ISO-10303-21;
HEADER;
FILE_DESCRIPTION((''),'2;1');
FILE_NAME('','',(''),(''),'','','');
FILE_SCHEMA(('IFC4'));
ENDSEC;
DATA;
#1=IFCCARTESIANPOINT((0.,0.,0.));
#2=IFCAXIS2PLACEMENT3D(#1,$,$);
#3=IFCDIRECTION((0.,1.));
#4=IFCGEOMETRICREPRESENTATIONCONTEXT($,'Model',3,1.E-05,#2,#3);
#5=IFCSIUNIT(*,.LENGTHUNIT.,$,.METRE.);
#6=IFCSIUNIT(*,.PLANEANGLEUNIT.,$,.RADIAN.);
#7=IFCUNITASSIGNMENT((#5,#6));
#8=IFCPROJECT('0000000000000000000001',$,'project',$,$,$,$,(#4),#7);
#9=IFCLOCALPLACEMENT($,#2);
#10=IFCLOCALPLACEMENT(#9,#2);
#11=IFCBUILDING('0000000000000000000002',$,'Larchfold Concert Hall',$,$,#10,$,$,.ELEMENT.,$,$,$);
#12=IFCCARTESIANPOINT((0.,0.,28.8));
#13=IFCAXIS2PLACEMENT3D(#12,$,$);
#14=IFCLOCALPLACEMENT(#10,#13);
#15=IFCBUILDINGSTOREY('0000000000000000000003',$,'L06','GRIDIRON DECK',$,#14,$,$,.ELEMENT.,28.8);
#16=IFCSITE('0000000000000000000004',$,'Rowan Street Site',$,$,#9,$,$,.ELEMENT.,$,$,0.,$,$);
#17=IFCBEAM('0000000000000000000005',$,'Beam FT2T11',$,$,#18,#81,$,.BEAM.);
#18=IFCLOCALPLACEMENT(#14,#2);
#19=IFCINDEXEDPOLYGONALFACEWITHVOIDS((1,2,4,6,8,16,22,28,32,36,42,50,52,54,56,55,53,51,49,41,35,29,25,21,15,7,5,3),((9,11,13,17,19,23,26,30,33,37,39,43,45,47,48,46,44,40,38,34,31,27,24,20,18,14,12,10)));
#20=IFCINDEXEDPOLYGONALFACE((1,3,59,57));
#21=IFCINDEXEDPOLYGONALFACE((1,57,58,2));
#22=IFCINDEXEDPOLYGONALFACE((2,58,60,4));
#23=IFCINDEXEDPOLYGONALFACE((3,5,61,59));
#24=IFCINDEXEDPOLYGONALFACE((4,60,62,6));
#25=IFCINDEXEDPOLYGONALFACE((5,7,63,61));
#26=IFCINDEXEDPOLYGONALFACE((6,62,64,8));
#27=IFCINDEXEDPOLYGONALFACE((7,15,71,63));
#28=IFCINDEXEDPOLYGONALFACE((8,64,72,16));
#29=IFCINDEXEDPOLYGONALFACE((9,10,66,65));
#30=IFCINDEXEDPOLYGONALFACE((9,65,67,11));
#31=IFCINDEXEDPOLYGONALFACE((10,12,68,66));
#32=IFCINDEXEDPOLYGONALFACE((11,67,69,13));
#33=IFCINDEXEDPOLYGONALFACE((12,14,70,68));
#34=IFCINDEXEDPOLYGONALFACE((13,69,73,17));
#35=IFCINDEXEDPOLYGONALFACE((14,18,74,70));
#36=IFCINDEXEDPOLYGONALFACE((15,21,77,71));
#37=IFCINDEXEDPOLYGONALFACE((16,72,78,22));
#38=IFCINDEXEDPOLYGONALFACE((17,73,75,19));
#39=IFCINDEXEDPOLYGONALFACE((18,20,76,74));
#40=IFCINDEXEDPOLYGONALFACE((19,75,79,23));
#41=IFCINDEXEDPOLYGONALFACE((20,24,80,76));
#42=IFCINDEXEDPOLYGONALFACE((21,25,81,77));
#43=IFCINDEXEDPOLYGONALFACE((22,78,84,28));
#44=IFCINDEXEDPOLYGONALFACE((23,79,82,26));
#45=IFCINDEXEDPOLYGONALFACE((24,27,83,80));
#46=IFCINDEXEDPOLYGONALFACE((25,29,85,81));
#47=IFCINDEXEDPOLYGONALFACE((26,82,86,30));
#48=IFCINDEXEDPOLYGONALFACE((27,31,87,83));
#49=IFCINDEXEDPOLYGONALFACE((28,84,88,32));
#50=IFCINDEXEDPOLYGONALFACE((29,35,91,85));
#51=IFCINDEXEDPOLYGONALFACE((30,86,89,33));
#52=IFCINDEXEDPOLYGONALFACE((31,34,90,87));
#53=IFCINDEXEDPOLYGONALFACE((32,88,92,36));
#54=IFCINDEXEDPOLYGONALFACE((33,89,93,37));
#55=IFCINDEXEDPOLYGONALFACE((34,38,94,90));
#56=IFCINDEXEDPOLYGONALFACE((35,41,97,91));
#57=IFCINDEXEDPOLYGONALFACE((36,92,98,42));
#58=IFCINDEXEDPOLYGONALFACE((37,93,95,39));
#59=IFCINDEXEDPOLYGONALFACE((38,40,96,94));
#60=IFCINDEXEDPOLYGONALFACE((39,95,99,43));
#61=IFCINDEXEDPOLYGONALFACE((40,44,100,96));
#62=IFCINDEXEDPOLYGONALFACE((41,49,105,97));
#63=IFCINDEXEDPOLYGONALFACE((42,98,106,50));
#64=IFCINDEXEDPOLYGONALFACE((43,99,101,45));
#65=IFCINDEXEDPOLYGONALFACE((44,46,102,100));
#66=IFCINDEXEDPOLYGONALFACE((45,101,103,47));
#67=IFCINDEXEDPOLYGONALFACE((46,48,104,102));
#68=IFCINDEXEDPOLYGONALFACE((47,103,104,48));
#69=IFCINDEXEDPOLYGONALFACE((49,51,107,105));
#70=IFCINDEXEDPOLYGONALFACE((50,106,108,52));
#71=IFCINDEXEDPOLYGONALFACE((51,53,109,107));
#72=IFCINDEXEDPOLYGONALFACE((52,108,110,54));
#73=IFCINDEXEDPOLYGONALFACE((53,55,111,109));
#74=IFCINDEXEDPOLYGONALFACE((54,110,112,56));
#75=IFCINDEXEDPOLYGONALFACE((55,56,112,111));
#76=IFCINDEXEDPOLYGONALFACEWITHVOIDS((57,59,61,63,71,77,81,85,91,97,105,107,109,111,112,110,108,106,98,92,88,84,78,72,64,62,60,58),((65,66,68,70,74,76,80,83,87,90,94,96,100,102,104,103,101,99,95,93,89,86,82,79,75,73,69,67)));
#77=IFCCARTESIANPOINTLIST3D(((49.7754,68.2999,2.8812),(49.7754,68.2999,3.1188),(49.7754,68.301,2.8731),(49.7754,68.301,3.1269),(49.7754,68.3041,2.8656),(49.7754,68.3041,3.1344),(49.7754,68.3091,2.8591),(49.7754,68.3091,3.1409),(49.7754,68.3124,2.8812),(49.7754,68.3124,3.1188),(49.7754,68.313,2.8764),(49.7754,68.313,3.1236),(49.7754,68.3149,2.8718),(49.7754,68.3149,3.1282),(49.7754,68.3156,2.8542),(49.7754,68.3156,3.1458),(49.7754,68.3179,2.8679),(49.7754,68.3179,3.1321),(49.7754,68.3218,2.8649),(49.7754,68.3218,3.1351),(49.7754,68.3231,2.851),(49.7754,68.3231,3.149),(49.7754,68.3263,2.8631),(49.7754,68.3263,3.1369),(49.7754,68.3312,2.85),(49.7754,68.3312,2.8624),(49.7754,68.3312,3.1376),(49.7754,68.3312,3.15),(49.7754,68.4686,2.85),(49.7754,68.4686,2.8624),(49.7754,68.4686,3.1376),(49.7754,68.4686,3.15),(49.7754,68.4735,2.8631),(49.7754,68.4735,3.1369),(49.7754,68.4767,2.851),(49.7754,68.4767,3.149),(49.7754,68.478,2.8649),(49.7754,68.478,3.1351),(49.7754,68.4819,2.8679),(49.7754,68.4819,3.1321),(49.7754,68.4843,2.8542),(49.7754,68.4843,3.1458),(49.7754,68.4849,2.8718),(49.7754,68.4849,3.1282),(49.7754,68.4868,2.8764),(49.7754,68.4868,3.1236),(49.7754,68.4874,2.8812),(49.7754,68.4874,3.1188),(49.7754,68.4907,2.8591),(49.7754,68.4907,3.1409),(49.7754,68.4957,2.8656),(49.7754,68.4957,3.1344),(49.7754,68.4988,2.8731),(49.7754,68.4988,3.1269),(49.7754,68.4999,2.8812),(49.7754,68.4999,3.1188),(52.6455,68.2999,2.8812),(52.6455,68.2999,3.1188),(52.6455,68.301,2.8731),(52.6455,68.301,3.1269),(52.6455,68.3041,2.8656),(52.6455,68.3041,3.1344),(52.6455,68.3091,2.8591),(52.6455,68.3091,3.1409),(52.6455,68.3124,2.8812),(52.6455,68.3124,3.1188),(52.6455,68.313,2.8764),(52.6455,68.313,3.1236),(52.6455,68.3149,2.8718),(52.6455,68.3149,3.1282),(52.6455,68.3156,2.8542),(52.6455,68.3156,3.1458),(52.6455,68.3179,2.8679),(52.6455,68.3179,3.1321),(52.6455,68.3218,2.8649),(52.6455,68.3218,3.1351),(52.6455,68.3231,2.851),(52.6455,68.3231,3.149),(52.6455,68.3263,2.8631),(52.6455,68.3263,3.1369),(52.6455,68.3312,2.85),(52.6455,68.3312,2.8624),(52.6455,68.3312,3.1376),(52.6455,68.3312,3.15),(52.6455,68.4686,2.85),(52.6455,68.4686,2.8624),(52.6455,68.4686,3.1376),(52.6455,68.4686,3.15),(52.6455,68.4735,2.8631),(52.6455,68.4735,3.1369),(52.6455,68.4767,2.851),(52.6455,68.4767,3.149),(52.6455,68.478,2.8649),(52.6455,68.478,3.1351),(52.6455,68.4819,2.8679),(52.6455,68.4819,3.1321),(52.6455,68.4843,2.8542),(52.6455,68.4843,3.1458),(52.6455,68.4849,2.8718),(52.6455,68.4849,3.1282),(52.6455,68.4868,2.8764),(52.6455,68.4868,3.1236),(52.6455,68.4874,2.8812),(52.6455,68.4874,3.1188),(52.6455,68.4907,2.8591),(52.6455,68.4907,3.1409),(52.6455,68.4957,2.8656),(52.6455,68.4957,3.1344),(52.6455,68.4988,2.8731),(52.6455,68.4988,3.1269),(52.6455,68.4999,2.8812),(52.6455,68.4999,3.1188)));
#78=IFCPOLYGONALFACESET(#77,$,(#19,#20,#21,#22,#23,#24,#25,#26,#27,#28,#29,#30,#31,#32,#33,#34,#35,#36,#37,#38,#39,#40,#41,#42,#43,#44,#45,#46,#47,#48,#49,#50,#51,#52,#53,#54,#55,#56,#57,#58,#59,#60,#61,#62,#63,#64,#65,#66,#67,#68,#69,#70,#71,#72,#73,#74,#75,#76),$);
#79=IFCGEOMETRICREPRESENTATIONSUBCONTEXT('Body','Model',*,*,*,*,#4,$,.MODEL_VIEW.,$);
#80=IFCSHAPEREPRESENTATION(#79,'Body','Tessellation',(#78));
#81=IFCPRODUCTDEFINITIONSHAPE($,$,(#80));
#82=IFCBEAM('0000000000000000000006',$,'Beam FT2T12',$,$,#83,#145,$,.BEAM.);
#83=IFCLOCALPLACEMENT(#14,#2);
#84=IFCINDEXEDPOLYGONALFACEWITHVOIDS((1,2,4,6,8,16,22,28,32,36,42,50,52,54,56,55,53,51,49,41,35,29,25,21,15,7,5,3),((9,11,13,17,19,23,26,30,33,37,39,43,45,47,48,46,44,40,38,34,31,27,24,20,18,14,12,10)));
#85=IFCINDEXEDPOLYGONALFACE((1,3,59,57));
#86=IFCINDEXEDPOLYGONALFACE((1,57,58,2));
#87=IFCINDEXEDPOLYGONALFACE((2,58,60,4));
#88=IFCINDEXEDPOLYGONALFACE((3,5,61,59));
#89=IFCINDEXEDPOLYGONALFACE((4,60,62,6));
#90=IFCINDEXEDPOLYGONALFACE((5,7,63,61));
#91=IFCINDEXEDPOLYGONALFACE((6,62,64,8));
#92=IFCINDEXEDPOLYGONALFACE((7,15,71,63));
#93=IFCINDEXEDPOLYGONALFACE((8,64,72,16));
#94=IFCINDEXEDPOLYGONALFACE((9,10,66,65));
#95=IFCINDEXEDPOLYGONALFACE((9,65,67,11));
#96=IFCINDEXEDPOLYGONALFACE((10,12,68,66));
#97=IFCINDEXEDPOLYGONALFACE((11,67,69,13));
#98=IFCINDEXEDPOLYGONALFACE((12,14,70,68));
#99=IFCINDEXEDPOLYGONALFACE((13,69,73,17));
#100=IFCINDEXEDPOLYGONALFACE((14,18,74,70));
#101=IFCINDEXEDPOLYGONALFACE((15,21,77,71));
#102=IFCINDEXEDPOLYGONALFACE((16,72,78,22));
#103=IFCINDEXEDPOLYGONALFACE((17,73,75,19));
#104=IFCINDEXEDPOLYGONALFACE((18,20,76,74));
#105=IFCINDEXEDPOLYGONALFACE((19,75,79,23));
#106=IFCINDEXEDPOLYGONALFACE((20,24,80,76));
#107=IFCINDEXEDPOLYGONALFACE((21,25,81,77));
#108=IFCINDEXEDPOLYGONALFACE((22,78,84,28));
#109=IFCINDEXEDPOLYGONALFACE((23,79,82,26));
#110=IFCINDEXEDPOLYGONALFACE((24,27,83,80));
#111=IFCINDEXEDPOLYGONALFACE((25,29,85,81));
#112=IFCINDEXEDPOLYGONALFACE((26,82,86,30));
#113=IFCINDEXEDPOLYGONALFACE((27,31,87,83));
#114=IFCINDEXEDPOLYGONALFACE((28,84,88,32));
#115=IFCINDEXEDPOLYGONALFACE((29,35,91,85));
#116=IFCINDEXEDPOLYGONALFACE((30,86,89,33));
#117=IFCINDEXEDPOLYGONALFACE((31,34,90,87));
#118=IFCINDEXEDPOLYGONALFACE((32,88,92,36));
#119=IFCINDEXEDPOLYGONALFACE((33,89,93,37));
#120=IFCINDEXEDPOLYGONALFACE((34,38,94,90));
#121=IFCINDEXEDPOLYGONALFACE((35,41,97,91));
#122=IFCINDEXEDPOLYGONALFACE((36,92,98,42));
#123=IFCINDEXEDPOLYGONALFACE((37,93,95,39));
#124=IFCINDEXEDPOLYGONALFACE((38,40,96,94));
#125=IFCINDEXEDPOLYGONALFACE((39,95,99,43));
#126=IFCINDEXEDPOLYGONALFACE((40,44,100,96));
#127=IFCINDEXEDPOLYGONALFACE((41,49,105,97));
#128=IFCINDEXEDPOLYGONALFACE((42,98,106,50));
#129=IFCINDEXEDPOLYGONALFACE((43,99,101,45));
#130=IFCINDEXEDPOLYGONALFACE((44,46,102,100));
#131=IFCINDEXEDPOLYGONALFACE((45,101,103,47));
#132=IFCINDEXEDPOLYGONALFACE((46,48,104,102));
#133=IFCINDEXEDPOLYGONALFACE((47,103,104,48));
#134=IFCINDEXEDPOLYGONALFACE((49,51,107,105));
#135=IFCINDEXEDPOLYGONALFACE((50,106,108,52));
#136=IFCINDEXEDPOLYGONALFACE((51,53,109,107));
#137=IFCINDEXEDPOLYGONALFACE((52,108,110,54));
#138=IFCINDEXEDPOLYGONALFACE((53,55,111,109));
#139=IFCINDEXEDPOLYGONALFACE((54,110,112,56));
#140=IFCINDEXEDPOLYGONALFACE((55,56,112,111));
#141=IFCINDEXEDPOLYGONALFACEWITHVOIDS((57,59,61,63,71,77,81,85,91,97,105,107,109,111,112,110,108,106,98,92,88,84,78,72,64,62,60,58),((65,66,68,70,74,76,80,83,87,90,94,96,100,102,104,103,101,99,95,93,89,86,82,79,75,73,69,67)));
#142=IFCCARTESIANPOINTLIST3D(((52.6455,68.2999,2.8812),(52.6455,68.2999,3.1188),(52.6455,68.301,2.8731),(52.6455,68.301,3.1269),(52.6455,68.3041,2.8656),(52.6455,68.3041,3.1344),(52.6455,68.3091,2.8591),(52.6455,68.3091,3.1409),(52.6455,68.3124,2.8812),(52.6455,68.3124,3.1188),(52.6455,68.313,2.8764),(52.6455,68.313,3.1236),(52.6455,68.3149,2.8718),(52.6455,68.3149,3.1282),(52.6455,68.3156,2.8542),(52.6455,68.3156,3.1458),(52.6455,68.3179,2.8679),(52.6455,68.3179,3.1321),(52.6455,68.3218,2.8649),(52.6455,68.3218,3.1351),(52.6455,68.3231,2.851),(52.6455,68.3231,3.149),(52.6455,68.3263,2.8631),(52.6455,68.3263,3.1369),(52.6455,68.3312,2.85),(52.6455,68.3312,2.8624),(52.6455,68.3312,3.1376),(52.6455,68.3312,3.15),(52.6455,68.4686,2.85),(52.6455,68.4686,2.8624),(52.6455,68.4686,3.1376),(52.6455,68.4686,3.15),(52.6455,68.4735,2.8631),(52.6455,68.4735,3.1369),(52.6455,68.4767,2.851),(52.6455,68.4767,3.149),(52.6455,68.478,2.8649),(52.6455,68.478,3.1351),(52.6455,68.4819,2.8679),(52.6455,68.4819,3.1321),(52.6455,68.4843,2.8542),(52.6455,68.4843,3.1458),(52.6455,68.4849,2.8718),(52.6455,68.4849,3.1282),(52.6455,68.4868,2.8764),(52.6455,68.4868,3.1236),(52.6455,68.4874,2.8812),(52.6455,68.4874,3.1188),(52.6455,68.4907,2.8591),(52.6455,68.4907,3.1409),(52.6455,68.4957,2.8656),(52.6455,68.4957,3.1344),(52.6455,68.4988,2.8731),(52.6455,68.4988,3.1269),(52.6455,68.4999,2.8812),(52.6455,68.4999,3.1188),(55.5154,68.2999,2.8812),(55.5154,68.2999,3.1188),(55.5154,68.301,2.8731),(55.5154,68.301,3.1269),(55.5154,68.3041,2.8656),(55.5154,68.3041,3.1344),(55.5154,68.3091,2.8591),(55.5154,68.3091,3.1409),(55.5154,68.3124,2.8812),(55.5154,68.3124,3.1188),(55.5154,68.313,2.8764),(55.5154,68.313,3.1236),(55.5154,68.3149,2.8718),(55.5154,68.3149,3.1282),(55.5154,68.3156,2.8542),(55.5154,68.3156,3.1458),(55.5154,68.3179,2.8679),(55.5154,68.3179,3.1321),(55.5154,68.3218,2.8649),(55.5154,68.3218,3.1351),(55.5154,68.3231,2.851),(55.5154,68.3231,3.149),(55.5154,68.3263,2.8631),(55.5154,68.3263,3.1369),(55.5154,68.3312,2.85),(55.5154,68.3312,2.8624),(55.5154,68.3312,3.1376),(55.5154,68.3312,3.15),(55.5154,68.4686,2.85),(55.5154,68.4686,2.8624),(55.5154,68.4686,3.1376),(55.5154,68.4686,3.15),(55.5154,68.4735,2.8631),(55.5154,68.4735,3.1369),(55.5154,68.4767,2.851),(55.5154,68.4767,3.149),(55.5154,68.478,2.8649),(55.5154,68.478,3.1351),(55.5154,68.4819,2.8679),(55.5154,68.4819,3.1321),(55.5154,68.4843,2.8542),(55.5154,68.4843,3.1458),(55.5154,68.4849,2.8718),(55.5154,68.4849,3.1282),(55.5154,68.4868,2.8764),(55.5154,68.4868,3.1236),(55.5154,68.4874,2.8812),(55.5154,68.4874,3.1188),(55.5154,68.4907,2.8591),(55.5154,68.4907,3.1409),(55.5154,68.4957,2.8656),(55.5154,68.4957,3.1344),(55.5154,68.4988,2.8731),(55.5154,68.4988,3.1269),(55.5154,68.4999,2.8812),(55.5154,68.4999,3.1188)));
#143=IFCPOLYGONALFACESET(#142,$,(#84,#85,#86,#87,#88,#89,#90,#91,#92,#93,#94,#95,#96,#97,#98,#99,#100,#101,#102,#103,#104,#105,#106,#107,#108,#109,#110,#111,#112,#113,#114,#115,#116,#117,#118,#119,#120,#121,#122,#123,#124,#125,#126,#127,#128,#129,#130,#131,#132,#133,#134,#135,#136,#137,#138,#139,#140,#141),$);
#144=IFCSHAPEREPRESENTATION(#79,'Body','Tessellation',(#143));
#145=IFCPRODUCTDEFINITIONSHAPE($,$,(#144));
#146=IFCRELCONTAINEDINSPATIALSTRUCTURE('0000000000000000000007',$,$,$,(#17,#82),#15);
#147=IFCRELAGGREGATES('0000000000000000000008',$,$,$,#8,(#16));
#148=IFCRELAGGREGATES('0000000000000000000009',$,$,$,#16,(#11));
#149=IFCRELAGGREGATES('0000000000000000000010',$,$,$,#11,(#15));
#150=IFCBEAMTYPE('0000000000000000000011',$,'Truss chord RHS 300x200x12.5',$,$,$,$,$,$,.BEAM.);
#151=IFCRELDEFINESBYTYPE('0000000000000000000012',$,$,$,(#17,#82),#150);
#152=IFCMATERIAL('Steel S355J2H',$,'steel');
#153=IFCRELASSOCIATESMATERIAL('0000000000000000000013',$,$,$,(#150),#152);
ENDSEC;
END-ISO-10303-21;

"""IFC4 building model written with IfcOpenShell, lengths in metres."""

from ifc_helpers import new_model, si_unit, direction, frame, origin, origin_2d, place, context, subcontext, project, spatial, hollow_rectangle, extrude, material, material_profile, profile_set, type_object, element, save


model = new_model("IFC4")

# Units and contexts
model_context = context("Model", 3, precision=1e-05, world=origin(), true_north=direction((0.0, 1.0)))
body_context = subcontext(model_context, "Body", "Model", "MODEL_VIEW")
ifc_project = project(units=[si_unit("LENGTHUNIT", "METRE"), si_unit("PLANEANGLEUNIT", "RADIAN")], contexts=[model_context])

# Site, building, storey
site_placement = place(None, origin())
site = spatial("IfcSite", under=ifc_project, at=site_placement, Name="Rowan Street Site", CompositionType="ELEMENT", RefElevation=0.0)
building_placement = place(site_placement, origin())
building = spatial("IfcBuilding", under=site, at=building_placement, Name="Larchfold Concert Hall", CompositionType="ELEMENT")
storey_placement = place(building_placement, frame((0.0, 0.0, 28.8)))
storey = spatial("IfcBuildingStorey", under=building, at=storey_placement, Name="L06", Description="GRIDIRON DECK", CompositionType="ELEMENT", Elevation=28.8)

# Beams
ifc_material_1 = material(Name="Steel S355J2H", Category="steel")
ifc_material_profile_1 = material_profile(ifc_material_1, hollow_rectangle(XDim=0.2, YDim=0.3, WallThickness=0.0125, InnerFilletRadius=0.0188, OuterFilletRadius=0.0312, at=origin_2d()))
ifc_profile_set_1 = profile_set([ifc_material_profile_1], Name="Steel S355J2H")
beam_type_1 = type_object("IfcBeamType", Name="Truss chord RHS 300x200x12.5", PredefinedType="BEAM", material=ifc_profile_set_1)
beam_1_placement = place(storey_placement, frame((49.7754, 68.3999, 3.0), z_axis=(1.0, 0.0, 0.0), x_axis=(0.0, 1.0, 0.0)))
element("IfcBeam", 1, at=beam_1_placement, inside=storey, type_object=beam_type_1, Name="Beam FT2T11", PredefinedType="BEAM", context=body_context, shape_type="SweptSolid", body=[
    extrude(hollow_rectangle(XDim=0.2, YDim=0.3, WallThickness=0.0125, InnerFilletRadius=0.0188, OuterFilletRadius=0.0312, at=origin_2d()), origin(), (0.0, 0.0, 1.0), 2.8701),
])
beam_2_placement = place(storey_placement, frame((52.6455, 68.3999, 3.0), z_axis=(1.0, 0.0, 0.0), x_axis=(0.0, 1.0, 0.0)))
element("IfcBeam", 2, at=beam_2_placement, inside=storey, type_object=beam_type_1, Name="Beam FT2T12", PredefinedType="BEAM", context=body_context, shape_type="SweptSolid", body=[
    extrude(hollow_rectangle(XDim=0.2, YDim=0.3, WallThickness=0.0125, InnerFilletRadius=0.0188, OuterFilletRadius=0.0312, at=origin_2d()), origin(), (0.0, 0.0, 1.0), 2.8699),
])

save(model, "model.ifc")
